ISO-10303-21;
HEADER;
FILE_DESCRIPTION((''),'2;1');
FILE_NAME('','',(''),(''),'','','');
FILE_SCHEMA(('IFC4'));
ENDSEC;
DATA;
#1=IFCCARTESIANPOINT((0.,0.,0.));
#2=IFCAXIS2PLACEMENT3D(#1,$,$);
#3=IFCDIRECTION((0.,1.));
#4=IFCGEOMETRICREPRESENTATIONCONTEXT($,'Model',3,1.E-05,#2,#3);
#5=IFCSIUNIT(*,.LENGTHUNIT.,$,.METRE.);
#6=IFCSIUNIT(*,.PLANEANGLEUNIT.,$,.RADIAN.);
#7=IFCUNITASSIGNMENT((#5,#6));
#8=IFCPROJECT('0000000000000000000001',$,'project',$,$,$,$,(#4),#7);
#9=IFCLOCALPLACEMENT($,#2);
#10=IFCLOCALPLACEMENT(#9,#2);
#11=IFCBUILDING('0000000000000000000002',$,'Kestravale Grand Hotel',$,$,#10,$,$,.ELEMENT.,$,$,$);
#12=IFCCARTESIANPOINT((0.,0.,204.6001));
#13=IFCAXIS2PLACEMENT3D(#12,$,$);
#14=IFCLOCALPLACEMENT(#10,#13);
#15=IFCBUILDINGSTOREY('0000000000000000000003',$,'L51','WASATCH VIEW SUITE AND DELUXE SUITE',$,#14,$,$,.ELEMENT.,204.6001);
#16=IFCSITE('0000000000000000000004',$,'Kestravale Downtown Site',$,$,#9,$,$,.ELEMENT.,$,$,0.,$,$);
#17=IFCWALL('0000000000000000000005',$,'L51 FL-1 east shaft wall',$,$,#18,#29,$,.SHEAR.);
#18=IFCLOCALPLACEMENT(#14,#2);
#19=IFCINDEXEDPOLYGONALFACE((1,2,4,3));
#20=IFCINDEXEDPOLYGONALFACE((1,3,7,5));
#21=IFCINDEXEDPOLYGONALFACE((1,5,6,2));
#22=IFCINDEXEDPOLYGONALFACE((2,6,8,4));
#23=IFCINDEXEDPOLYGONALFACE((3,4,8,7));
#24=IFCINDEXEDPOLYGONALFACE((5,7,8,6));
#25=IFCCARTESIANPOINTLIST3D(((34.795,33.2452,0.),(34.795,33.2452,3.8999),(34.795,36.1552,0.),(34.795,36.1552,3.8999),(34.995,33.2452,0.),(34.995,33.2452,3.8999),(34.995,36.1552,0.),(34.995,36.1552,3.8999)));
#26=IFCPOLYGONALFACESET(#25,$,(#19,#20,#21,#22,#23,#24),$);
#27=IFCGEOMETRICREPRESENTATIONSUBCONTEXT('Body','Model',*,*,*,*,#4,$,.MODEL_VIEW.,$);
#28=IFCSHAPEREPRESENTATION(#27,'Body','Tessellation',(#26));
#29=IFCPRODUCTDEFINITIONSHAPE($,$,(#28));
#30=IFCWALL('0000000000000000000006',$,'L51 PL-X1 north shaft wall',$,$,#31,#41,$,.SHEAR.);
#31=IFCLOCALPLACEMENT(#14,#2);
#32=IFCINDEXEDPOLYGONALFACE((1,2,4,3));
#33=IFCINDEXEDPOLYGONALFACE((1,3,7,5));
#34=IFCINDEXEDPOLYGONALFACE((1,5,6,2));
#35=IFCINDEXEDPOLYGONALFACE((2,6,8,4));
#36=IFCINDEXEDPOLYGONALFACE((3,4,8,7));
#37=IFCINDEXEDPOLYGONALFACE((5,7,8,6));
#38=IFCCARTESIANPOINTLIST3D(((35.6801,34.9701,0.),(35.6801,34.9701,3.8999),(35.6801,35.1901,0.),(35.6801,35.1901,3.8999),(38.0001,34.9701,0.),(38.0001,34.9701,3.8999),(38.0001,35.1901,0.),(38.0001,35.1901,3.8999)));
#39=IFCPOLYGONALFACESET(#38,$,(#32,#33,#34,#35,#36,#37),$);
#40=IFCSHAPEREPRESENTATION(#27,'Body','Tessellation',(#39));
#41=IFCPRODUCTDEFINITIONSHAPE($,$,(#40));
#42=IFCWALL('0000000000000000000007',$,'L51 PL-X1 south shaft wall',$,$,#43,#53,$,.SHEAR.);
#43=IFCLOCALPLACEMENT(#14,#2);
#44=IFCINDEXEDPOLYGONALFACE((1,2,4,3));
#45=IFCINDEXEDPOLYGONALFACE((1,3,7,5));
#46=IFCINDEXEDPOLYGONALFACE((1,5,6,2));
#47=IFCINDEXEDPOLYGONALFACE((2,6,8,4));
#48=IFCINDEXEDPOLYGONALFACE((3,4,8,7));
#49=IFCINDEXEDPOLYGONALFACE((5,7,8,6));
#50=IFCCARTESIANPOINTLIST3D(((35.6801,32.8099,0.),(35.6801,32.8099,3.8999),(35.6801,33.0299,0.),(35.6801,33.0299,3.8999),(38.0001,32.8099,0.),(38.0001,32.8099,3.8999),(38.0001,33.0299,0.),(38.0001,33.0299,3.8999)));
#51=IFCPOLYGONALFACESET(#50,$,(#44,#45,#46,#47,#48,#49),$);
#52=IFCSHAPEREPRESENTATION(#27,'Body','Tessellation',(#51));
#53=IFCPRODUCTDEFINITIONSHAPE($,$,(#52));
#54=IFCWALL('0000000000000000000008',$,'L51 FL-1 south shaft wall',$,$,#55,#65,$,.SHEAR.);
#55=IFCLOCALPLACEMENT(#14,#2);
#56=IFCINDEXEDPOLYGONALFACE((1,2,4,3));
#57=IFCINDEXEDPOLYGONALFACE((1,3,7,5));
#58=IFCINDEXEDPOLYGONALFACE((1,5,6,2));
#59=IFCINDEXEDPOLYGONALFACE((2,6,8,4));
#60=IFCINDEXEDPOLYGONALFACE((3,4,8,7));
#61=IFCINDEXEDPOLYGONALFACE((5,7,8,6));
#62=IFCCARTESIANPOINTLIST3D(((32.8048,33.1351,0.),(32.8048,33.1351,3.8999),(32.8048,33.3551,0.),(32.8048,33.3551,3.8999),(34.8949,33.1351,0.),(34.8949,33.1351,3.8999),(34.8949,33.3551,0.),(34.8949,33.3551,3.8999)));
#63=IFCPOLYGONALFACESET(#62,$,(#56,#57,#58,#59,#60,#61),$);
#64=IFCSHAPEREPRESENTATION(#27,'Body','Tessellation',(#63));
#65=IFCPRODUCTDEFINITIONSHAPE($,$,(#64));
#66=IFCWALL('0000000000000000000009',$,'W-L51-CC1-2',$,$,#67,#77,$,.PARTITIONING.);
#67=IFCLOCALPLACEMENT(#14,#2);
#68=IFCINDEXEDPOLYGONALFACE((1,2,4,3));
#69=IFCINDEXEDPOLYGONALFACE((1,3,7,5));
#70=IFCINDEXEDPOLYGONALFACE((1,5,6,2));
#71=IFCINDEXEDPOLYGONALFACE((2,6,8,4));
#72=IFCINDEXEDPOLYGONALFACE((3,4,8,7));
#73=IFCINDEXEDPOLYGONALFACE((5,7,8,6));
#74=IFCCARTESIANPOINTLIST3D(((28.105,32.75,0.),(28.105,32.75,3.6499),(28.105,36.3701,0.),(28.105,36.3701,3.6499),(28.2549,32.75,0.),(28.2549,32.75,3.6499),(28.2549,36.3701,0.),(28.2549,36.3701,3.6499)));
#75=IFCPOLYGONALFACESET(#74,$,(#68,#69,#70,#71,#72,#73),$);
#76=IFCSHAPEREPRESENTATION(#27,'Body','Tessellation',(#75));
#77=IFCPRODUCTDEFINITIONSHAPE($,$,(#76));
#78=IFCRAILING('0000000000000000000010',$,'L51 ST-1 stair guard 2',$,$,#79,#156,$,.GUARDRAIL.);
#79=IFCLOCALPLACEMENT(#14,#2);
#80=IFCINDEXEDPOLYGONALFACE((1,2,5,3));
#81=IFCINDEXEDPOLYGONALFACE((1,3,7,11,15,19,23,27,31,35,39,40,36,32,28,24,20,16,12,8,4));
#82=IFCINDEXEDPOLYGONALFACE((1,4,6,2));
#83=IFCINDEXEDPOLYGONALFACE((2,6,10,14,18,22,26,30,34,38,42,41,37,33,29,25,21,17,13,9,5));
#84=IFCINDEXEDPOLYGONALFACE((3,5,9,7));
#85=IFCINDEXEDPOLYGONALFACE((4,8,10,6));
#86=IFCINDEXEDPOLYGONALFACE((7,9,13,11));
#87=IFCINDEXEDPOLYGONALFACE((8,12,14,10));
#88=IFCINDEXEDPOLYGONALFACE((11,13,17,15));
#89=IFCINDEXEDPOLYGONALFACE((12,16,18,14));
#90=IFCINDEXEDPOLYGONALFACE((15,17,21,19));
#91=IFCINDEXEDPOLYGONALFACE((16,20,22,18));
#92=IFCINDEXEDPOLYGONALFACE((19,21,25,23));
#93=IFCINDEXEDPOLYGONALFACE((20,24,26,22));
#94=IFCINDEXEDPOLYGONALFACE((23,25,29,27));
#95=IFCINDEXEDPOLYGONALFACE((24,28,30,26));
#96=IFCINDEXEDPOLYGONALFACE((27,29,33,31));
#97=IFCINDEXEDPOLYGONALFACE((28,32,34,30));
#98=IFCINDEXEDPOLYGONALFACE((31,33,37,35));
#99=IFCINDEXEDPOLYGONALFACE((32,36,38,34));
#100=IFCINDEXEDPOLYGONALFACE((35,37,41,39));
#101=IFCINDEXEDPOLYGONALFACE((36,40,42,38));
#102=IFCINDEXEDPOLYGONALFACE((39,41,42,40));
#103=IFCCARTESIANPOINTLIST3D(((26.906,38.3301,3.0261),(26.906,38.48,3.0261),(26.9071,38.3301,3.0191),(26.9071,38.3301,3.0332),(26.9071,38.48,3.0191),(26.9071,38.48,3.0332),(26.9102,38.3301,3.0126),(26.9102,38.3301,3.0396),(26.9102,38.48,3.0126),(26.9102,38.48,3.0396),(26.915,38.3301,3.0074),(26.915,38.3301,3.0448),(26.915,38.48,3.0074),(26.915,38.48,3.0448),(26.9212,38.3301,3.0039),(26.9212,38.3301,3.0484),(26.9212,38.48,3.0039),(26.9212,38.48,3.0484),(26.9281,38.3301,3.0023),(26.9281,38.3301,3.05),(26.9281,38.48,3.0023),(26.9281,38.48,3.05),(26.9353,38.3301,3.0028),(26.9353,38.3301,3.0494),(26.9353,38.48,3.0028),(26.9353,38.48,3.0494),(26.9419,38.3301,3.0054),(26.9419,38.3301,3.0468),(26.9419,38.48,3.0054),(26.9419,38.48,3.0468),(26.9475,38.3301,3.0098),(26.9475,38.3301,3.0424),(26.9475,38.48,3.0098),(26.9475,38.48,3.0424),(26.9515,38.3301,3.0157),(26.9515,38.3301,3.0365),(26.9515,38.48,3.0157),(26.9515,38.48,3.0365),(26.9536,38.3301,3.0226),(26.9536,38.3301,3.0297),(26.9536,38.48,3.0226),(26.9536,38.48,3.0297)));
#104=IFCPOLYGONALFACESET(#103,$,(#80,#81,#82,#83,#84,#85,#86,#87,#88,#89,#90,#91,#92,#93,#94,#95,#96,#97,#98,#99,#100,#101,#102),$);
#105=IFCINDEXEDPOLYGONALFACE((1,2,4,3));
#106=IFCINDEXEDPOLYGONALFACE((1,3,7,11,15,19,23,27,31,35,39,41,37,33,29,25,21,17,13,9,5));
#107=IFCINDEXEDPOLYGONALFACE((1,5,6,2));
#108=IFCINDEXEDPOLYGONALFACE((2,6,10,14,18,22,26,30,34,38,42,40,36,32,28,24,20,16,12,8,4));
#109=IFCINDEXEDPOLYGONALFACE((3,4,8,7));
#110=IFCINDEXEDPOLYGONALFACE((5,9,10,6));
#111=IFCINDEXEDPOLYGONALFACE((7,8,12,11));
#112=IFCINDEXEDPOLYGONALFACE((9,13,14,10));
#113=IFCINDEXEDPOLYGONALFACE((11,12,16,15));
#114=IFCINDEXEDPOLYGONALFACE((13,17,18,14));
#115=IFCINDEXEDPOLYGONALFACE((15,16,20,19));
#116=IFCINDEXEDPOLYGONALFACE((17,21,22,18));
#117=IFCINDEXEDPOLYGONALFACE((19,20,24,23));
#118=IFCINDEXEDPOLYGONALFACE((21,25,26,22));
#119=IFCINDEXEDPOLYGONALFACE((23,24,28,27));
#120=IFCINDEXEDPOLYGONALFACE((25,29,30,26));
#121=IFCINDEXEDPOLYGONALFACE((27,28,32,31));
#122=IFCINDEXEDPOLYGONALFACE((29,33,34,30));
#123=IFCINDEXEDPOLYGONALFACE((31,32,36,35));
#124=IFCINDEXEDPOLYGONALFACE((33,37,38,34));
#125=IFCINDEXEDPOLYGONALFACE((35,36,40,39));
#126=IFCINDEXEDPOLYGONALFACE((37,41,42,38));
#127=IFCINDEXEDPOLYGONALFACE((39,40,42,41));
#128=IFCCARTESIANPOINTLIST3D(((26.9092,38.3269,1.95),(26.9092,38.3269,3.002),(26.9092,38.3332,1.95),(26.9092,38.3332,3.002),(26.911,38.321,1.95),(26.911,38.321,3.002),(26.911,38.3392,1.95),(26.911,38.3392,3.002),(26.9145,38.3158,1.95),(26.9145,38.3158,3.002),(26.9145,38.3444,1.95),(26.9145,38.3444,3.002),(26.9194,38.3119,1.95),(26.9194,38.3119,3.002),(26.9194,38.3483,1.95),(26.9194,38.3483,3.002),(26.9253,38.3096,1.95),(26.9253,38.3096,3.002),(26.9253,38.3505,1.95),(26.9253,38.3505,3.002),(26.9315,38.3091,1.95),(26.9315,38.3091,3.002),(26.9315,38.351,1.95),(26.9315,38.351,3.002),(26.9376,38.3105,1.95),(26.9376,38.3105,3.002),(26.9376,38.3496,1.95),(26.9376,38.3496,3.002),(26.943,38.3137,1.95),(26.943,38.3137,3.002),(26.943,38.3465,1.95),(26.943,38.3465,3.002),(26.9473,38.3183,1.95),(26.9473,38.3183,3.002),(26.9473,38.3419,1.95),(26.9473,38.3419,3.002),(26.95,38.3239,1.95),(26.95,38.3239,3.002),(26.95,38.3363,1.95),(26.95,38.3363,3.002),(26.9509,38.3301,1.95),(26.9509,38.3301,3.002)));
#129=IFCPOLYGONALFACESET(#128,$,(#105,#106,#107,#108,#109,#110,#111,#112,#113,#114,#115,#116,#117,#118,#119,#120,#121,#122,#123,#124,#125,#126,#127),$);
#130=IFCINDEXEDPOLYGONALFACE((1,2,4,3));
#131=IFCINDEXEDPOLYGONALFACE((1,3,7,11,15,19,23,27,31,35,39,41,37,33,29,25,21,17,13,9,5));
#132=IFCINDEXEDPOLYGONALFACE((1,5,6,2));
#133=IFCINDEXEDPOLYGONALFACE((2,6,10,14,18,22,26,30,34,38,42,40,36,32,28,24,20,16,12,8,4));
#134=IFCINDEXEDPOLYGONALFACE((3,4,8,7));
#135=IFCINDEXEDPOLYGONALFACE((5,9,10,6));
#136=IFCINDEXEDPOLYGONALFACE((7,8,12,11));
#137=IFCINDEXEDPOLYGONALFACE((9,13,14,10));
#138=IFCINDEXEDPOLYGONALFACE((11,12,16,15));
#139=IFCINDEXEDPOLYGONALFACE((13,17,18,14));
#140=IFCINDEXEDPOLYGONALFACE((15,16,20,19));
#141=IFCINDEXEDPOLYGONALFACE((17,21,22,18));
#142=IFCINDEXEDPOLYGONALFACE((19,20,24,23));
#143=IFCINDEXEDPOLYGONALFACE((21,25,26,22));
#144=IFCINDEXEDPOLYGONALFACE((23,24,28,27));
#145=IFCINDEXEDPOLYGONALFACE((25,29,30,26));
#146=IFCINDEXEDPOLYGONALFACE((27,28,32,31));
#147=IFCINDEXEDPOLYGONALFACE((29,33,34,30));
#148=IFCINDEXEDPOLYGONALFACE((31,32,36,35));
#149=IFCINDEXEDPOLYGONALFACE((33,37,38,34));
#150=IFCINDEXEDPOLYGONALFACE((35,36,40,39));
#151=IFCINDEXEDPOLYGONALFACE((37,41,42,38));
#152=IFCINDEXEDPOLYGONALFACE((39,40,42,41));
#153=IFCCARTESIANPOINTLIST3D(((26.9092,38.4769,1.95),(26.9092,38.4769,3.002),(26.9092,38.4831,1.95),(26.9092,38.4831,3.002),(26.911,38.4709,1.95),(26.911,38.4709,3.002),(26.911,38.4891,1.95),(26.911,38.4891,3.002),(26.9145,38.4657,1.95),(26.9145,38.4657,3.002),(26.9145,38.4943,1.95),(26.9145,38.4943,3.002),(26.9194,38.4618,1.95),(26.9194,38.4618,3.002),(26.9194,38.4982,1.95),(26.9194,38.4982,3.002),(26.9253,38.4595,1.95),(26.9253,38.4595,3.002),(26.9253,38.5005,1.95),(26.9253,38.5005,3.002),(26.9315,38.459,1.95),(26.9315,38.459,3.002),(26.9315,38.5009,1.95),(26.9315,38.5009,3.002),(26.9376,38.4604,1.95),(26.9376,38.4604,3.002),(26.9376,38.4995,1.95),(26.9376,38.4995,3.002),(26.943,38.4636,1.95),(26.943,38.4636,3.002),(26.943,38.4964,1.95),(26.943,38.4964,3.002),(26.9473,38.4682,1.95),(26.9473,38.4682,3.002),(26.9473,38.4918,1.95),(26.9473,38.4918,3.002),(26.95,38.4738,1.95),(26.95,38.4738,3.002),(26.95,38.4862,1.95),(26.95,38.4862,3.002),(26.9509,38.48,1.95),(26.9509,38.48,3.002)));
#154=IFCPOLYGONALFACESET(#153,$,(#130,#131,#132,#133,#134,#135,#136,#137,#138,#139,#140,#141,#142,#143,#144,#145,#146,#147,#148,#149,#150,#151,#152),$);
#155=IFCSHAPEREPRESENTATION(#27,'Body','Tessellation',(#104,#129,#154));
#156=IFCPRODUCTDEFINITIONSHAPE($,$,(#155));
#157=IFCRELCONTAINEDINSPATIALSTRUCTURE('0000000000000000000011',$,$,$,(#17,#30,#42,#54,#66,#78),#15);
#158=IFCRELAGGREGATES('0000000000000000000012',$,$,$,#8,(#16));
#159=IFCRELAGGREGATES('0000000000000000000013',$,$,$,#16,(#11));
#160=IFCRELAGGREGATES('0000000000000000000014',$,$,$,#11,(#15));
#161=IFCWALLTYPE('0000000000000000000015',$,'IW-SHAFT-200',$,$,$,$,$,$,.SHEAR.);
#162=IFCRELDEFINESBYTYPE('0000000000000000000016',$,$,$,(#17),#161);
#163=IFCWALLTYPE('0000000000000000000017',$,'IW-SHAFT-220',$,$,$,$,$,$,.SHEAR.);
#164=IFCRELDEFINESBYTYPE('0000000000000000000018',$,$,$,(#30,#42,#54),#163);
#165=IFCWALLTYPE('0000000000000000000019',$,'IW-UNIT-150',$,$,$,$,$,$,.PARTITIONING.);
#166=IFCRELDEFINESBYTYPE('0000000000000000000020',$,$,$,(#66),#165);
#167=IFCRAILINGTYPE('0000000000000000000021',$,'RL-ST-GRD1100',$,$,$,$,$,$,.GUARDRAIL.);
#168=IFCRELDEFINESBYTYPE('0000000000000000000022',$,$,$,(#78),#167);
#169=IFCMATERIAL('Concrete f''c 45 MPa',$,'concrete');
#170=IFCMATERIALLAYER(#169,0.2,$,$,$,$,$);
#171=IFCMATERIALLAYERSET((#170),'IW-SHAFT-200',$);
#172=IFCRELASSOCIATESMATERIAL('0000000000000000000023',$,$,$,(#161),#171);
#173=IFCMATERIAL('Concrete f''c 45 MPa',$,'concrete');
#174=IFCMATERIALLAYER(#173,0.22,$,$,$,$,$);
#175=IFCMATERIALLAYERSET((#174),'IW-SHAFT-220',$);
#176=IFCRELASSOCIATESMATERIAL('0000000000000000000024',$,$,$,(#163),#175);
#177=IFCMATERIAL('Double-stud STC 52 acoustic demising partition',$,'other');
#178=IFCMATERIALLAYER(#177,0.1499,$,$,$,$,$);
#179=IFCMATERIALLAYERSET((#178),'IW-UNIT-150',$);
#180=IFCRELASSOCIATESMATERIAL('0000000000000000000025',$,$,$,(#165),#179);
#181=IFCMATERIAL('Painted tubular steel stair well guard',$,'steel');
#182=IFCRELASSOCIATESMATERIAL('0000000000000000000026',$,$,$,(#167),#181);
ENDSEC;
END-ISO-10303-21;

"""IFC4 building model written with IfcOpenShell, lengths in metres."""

from ifc_helpers import new_model, si_unit, direction, frame, frame_2d, origin, origin_2d, place, context, subcontext, project, spatial, rectangle, circle, extrude, material, layer, layer_set, type_object, element, save


model = new_model("IFC4")

# Units and contexts
model_context = context("Model", 3, precision=1e-05, world=origin(), true_north=direction((0.0, 1.0)))
body_context = subcontext(model_context, "Body", "Model", "MODEL_VIEW")
ifc_project = project(units=[si_unit("LENGTHUNIT", "METRE"), si_unit("PLANEANGLEUNIT", "RADIAN")], contexts=[model_context])

# Site, building, storey
site_placement = place(None, origin())
site = spatial("IfcSite", under=ifc_project, at=site_placement, Name="Kestravale Downtown Site", CompositionType="ELEMENT", RefElevation=0.0)
building_placement = place(site_placement, origin())
building = spatial("IfcBuilding", under=site, at=building_placement, Name="Kestravale Grand Hotel", CompositionType="ELEMENT")
storey_placement = place(building_placement, frame((0.0, 0.0, 204.6001)))
storey = spatial("IfcBuildingStorey", under=building, at=storey_placement, Name="L51", Description="WASATCH VIEW SUITE AND DELUXE SUITE", CompositionType="ELEMENT", Elevation=204.6001)

# Walls
ifc_material_1 = material(Name="Concrete f'c 45 MPa", Category="concrete")
ifc_layer_1 = layer(ifc_material_1, 0.2)
ifc_layer_set_1 = layer_set([ifc_layer_1], Name="IW-SHAFT-200")
wall_type_1 = type_object("IfcWallType", Name="IW-SHAFT-200", PredefinedType="SHEAR", material=ifc_layer_set_1)
for number, where, z_axis, x_axis, name in (
    (1, (34.895, 33.2451, 0.0), (0.0, 0.0, 1.0), (0.0, 1.0, 0.0), "L51 FL-1 east shaft wall"),
):
    element("IfcWall", number, at=place(storey_placement, frame(where, z_axis=z_axis, x_axis=x_axis)), inside=storey, type_object=wall_type_1, Name=name, PredefinedType="SHEAR", context=body_context, shape_type="SweptSolid", body=[
        extrude(rectangle(XDim=2.9099, YDim=0.2, at=frame_2d((1.4551, 0.0))), origin(), (0.0, 0.0, 1.0), 3.8999),
    ])
ifc_material_2 = material(Name="Concrete f'c 45 MPa", Category="concrete")
ifc_layer_2 = layer(ifc_material_2, 0.22)
ifc_layer_set_2 = layer_set([ifc_layer_2], Name="IW-SHAFT-220")
wall_type_2 = type_object("IfcWallType", Name="IW-SHAFT-220", PredefinedType="SHEAR", material=ifc_layer_set_2)
for number, where, z_axis, x_axis, name in (
    (2, (35.6799, 35.0801, 0.0), (0.0, 0.0, 1.0), (1.0, 0.0, 0.0), "L51 PL-X1 north shaft wall"),
    (3, (35.6799, 32.9199, 0.0), (0.0, 0.0, 1.0), (1.0, 0.0, 0.0), "L51 PL-X1 south shaft wall"),
):
    element("IfcWall", number, at=place(storey_placement, frame(where, z_axis=z_axis, x_axis=x_axis)), inside=storey, type_object=wall_type_2, Name=name, PredefinedType="SHEAR", context=body_context, shape_type="SweptSolid", body=[
        extrude(rectangle(XDim=2.3201, YDim=0.22, at=frame_2d((1.1602, 0.0))), origin(), (0.0, 0.0, 1.0), 3.8999),
    ])

# Walls
wall_1_placement = place(storey_placement, frame((32.8049, 33.2451, 0.0), z_axis=(0.0, 0.0, 1.0), x_axis=(1.0, 0.0, 0.0)))
element("IfcWall", 4, at=wall_1_placement, inside=storey, type_object=wall_type_2, Name="L51 FL-1 south shaft wall", PredefinedType="SHEAR", context=body_context, shape_type="SweptSolid", body=[
    extrude(rectangle(XDim=2.0901, YDim=0.22, at=frame_2d((1.0449, 0.0))), origin(), (0.0, 0.0, 1.0), 3.8999),
])
ifc_material_3 = material(Name="Double-stud STC 52 acoustic demising partition", Category="other")
ifc_layer_3 = layer(ifc_material_3, 0.1499)
ifc_layer_set_3 = layer_set([ifc_layer_3], Name="IW-UNIT-150")
wall_type_3 = type_object("IfcWallType", Name="IW-UNIT-150", PredefinedType="PARTITIONING", material=ifc_layer_set_3)
wall_2_placement = place(storey_placement, frame((28.1799, 32.75, 0.0), z_axis=(0.0, 0.0, 1.0), x_axis=(0.0, 1.0, 0.0)))
element("IfcWall", 5, at=wall_2_placement, inside=storey, type_object=wall_type_3, Name="W-L51-CC1-2", PredefinedType="PARTITIONING", context=body_context, shape_type="SweptSolid", body=[
    extrude(rectangle(XDim=3.6201, YDim=0.1499, at=frame_2d((1.8101, 0.0))), origin(), (0.0, 0.0, 1.0), 3.6499),
])

# Railing
ifc_material_4 = material(Name="Painted tubular steel stair well guard", Category="steel")
railing_type = type_object("IfcRailingType", Name="RL-ST-GRD1100", PredefinedType="GUARDRAIL", material=ifc_material_4)
railing_placement = place(storey_placement, frame((26.9299, 38.3301, 1.95)))
element("IfcRailing", 6, at=railing_placement, inside=storey, type_object=railing_type, Name="L51 ST-1 stair guard 2", PredefinedType="GUARDRAIL", context=body_context, shape_type="SweptSolid", body=[
    extrude(circle(Radius=0.0239, at=origin_2d()), frame((0.0, 0.0, 1.0762), z_axis=(0.0, 1.0, 0.0), x_axis=(-1.0, 0.0, 0.0)), (0.0, 0.0, 1.0), 0.1499),
    extrude(circle(Radius=0.021, at=origin_2d()), origin(), (0.0, 0.0, 1.0), 1.052),
    extrude(circle(Radius=0.021, at=origin_2d()), frame((0.0, 0.1499, 0.0)), (0.0, 0.0, 1.0), 1.052),
])

save(model, "model.ifc")
